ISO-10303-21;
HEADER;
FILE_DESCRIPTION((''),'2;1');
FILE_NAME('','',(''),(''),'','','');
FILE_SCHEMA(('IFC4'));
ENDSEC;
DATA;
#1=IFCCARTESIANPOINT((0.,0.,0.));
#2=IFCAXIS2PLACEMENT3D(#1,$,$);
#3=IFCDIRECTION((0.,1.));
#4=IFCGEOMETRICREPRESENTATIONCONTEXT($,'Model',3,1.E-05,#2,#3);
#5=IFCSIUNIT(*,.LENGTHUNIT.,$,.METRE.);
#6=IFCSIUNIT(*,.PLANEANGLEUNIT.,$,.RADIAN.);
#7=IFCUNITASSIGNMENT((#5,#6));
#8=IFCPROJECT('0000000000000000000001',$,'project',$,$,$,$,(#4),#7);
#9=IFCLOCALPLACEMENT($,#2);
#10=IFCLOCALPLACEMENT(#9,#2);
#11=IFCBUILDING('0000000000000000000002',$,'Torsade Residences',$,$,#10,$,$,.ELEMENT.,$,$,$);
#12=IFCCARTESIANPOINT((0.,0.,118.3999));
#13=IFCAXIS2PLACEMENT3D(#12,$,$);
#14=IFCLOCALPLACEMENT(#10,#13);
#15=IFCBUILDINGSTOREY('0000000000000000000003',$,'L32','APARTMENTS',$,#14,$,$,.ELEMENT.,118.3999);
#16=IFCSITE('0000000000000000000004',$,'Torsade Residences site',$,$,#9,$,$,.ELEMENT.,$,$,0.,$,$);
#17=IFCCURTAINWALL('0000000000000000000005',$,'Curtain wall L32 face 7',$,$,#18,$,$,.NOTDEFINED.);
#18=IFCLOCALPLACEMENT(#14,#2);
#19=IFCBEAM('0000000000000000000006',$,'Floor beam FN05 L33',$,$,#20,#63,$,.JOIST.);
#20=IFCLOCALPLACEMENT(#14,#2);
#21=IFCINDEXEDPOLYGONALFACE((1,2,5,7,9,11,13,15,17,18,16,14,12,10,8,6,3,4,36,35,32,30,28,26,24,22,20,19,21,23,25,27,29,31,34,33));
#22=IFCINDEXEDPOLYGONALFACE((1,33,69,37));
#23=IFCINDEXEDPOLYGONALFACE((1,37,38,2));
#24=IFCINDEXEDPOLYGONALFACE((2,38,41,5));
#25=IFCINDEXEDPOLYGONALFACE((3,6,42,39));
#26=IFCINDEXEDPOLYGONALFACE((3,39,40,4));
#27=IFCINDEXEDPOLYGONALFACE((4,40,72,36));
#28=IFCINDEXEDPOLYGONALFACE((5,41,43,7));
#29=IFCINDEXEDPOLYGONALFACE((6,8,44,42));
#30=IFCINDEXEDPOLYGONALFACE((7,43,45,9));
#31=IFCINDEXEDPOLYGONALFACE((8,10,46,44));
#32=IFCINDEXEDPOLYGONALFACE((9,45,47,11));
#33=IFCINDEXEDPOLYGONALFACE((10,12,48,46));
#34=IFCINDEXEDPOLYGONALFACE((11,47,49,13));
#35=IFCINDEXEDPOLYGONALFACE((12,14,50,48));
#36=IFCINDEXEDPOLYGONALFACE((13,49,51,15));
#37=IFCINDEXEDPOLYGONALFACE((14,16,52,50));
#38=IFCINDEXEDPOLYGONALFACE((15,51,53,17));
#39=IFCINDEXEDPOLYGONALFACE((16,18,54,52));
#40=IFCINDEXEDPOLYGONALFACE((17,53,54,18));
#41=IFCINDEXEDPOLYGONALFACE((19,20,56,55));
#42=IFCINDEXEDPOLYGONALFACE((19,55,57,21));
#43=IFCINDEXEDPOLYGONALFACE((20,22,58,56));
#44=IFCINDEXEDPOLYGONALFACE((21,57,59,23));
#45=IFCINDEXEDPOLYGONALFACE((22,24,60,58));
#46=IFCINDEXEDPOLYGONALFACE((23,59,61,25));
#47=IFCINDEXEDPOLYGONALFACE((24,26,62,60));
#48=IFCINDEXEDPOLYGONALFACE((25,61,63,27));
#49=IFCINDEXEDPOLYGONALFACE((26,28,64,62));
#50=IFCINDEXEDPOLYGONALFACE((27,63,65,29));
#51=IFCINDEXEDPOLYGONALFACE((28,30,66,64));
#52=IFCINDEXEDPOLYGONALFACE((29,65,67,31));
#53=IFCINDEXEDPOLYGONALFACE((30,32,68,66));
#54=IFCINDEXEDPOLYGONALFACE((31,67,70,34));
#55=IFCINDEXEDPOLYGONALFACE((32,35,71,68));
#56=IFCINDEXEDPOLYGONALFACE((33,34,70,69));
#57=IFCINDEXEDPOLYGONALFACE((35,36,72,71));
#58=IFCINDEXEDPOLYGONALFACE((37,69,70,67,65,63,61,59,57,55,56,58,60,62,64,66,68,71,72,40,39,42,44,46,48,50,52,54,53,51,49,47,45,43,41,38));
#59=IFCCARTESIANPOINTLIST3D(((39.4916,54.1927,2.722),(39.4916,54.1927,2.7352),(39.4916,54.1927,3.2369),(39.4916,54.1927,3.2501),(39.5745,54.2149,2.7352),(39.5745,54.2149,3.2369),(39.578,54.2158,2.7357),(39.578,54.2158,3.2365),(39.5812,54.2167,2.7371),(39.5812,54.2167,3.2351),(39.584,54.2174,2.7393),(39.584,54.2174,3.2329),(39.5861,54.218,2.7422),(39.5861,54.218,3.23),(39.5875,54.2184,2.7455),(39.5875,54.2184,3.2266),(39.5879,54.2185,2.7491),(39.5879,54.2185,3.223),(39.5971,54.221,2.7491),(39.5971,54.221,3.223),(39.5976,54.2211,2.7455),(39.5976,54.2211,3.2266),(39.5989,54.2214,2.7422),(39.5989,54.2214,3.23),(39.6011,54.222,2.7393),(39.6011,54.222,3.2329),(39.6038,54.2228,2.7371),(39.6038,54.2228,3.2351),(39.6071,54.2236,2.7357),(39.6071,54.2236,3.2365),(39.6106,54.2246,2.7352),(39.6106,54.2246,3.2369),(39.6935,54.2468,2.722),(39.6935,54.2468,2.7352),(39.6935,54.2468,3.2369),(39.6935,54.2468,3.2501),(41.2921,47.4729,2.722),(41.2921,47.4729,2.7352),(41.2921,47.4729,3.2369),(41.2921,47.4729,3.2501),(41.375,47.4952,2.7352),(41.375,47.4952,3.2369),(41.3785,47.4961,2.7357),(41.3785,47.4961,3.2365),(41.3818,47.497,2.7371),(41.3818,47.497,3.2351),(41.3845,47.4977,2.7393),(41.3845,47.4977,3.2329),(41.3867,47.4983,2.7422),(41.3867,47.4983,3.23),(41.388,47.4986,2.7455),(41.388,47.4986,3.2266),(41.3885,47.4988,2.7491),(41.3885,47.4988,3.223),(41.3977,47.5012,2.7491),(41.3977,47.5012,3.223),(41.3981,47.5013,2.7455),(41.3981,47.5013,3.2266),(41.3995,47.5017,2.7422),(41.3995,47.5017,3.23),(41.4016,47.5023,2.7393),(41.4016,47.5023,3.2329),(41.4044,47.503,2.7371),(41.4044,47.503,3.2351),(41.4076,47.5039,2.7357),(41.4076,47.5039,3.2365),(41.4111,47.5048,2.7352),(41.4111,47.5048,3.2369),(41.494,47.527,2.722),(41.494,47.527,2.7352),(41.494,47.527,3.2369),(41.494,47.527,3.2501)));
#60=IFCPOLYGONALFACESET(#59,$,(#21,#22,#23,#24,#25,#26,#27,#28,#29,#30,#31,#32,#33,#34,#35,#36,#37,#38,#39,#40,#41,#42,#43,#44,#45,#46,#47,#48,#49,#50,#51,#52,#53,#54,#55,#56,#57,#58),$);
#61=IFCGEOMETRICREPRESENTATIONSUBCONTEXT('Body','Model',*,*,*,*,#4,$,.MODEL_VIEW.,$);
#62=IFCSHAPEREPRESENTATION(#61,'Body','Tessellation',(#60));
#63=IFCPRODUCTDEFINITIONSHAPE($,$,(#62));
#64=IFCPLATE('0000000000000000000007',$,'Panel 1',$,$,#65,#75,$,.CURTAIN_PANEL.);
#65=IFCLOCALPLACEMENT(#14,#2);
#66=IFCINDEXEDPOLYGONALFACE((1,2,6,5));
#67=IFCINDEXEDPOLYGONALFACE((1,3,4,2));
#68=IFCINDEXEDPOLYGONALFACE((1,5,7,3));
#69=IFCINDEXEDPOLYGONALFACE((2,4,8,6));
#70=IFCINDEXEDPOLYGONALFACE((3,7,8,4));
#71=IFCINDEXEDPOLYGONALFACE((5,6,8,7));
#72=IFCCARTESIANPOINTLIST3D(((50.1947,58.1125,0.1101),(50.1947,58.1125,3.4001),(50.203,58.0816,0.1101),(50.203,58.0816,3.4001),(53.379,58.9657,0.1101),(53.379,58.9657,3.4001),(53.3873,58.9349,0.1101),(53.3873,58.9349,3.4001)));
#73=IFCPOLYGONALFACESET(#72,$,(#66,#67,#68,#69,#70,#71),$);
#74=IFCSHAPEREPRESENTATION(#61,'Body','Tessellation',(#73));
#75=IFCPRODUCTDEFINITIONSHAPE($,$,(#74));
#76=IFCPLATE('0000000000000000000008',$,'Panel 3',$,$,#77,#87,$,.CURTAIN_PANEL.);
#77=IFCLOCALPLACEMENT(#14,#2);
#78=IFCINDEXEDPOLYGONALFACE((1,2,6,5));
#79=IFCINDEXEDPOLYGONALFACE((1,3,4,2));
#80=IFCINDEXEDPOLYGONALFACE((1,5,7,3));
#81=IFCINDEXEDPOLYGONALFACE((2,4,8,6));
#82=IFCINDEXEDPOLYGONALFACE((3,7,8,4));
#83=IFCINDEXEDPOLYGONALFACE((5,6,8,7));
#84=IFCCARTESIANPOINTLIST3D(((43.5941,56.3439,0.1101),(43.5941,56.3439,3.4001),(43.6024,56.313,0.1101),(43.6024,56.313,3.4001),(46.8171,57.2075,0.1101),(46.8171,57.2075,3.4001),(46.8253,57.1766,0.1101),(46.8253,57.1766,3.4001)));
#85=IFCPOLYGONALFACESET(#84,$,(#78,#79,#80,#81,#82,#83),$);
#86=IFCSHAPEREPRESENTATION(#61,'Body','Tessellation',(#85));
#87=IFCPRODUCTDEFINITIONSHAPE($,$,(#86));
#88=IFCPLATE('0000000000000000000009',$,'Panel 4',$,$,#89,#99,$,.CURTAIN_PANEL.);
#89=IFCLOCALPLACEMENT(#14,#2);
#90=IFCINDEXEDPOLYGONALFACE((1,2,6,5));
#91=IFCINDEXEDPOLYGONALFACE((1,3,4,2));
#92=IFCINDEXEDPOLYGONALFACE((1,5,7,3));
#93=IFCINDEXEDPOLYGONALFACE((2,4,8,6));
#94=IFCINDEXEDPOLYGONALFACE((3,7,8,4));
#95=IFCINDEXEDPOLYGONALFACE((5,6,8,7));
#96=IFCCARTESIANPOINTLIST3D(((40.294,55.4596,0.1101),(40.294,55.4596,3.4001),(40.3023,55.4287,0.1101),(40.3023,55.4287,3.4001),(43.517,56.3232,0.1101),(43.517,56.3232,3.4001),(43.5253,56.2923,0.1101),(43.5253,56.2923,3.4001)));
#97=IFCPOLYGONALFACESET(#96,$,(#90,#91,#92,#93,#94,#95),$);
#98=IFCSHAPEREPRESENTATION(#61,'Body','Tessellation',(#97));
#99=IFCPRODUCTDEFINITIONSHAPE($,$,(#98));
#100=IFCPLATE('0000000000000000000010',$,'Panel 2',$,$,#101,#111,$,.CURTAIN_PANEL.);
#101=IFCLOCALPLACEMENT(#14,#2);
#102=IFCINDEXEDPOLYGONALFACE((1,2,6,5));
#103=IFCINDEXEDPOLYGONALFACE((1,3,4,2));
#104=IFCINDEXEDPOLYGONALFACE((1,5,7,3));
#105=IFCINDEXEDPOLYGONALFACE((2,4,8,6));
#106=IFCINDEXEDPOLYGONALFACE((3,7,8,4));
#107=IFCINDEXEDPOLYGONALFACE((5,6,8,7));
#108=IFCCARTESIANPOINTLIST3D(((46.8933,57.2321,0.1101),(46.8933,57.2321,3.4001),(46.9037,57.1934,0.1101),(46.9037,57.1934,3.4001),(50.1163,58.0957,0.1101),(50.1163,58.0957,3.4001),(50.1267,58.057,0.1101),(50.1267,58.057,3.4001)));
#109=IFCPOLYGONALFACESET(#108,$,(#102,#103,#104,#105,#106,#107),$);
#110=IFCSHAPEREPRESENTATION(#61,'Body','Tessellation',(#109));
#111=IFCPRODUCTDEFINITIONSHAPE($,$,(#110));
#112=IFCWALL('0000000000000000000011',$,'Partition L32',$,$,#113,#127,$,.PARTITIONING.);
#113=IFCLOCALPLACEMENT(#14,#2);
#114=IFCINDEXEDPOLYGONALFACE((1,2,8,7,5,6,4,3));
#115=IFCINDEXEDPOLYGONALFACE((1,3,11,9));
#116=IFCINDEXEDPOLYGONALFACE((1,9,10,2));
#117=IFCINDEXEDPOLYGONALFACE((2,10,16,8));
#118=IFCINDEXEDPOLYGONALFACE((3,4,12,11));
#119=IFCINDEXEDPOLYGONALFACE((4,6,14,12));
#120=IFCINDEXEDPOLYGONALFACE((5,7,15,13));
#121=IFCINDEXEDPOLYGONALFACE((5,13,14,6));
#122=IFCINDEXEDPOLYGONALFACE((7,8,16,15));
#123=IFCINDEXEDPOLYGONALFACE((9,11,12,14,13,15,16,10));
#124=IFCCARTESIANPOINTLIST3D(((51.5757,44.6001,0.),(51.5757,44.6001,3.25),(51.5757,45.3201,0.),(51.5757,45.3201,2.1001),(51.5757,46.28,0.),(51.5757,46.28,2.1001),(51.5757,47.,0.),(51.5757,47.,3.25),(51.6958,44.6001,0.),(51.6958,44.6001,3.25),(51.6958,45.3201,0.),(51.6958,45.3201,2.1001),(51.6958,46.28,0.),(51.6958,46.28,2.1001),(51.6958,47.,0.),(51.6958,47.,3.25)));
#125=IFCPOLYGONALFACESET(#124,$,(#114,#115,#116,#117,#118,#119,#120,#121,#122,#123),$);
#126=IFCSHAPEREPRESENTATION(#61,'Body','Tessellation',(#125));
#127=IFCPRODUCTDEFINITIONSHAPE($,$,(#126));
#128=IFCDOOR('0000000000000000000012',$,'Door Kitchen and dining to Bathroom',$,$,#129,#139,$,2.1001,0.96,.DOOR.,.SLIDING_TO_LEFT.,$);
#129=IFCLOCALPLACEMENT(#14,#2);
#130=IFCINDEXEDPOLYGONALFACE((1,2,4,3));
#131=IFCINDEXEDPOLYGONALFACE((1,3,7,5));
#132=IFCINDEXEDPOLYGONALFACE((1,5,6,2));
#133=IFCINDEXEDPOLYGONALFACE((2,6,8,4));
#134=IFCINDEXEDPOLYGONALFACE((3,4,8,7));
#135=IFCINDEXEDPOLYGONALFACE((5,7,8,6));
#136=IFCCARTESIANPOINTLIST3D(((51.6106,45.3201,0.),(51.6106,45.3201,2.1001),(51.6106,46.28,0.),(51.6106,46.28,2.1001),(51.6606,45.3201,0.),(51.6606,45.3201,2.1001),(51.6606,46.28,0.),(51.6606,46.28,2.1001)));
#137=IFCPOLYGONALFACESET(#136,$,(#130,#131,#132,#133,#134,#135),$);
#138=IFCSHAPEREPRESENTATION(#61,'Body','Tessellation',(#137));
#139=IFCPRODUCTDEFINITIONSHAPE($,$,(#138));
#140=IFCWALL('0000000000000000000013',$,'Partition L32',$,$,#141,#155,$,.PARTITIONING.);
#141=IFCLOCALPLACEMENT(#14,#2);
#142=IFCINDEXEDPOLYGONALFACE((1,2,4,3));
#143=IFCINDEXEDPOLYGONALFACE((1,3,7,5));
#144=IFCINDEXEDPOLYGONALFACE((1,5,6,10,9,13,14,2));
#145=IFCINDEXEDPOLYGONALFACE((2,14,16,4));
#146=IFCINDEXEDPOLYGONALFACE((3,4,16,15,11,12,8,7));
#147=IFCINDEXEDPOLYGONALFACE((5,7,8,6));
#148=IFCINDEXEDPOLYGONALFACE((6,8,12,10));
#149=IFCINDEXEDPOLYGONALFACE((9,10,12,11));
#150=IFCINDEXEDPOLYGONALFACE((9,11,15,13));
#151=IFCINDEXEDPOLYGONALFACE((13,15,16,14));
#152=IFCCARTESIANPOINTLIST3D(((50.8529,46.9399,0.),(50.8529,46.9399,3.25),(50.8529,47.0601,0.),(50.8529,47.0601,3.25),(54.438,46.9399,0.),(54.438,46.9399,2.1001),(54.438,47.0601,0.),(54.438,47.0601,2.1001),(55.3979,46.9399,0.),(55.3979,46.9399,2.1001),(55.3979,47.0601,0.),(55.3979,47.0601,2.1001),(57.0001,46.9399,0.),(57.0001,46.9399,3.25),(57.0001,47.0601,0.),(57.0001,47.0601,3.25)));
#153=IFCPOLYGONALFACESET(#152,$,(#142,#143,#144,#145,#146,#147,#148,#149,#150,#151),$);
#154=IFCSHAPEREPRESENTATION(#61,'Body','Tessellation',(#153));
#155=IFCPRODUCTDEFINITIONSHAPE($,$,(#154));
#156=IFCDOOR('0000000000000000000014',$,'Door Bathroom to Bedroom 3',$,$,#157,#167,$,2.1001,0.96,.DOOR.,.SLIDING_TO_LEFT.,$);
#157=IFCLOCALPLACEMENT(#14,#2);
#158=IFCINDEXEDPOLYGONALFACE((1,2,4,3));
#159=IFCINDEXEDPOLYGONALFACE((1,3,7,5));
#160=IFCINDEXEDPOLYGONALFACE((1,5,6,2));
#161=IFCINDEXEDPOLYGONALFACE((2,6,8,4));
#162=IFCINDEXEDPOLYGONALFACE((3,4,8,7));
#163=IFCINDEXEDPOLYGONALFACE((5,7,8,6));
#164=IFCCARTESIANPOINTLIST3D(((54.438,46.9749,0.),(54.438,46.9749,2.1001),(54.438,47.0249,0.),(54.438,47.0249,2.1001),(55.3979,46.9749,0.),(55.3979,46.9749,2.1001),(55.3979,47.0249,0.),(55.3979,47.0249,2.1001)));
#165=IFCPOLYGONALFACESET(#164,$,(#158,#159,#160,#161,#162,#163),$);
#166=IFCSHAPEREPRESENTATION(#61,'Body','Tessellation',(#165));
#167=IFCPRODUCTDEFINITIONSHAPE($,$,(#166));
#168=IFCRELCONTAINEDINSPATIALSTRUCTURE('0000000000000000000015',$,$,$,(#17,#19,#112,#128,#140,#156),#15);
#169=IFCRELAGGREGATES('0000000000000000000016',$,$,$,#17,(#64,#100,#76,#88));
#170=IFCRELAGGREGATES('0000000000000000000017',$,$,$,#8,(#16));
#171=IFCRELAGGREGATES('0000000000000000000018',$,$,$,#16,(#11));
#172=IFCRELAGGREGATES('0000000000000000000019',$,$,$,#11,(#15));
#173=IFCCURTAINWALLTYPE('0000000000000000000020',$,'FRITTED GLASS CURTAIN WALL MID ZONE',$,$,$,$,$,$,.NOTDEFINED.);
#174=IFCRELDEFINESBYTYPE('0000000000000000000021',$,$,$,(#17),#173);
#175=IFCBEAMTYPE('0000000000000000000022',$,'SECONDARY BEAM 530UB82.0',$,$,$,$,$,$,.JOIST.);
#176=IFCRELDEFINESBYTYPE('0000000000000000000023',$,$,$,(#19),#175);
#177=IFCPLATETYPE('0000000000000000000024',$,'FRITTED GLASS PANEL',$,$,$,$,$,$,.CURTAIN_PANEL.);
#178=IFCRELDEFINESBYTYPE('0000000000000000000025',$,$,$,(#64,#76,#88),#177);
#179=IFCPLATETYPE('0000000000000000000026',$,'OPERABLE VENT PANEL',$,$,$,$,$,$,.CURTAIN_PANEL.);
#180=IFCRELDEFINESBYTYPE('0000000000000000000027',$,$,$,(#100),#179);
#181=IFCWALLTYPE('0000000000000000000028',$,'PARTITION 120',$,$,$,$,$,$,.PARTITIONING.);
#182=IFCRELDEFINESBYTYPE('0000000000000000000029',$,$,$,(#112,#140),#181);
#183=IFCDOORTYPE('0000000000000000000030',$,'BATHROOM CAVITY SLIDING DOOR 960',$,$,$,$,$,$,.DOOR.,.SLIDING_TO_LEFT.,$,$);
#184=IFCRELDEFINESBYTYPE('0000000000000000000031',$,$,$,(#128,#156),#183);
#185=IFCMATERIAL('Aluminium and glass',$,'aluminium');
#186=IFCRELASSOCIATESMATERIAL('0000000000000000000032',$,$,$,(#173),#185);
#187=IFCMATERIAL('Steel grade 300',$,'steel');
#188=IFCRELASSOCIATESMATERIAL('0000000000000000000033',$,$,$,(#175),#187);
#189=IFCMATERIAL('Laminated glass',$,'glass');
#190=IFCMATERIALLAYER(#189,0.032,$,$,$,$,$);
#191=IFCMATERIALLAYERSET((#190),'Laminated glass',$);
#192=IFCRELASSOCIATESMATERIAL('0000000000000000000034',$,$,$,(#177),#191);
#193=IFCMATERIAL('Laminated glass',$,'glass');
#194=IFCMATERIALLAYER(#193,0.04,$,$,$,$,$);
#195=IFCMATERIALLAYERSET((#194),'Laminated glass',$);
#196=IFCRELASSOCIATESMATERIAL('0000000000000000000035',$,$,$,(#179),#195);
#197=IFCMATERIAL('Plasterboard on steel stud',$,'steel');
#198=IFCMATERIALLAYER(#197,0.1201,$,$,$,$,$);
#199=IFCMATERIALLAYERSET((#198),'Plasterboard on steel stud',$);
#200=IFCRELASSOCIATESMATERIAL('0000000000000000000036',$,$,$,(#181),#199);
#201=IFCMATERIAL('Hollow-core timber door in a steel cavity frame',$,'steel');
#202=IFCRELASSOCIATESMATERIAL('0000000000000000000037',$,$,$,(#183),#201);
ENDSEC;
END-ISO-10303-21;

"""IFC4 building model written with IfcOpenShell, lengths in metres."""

from ifc_helpers import new_model, si_unit, direction, frame, frame_2d, origin, origin_2d, place, context, subcontext, project, spatial, rectangle, i_section, extrude, material, layer, layer_set, material_profile, profile_set, type_object, element, fill, aggregate, save


model = new_model("IFC4")

# Units and contexts
model_context = context("Model", 3, precision=1e-05, world=origin(), true_north=direction((0.0, 1.0)))
body_context = subcontext(model_context, "Body", "Model", "MODEL_VIEW")
ifc_project = project(units=[si_unit("LENGTHUNIT", "METRE"), si_unit("PLANEANGLEUNIT", "RADIAN")], contexts=[model_context])

# Site, building, storey
site_placement = place(None, origin())
site = spatial("IfcSite", under=ifc_project, at=site_placement, Name="Torsade Residences site", CompositionType="ELEMENT", RefElevation=0.0)
building_placement = place(site_placement, origin())
building = spatial("IfcBuilding", under=site, at=building_placement, Name="Torsade Residences", CompositionType="ELEMENT")
storey_placement = place(building_placement, frame((0.0, 0.0, 118.3999)))
storey = spatial("IfcBuildingStorey", under=building, at=storey_placement, Name="L32", Description="APARTMENTS", CompositionType="ELEMENT", Elevation=118.3999)

# Curtain wall
ifc_material_1 = material(Name="Aluminium and glass", Category="aluminium")
curtain_wall_type = type_object("IfcCurtainWallType", Name="FRITTED GLASS CURTAIN WALL MID ZONE", PredefinedType="NOTDEFINED", material=ifc_material_1)
curtain_wall_placement = place(storey_placement, origin())
curtain_wall = element("IfcCurtainWall", 1, at=curtain_wall_placement, inside=storey, type_object=curtain_wall_type, Name="Curtain wall L32 face 7", PredefinedType="NOTDEFINED")

# Beam
ifc_material_2 = material(Name="Steel grade 300", Category="steel")
ifc_material_profile_1 = material_profile(ifc_material_2, i_section(OverallWidth=0.209, OverallDepth=0.5281, WebThickness=0.0095, FlangeThickness=0.0132, FilletRadius=0.0139, at=origin_2d()), Name="530UB82.0")
ifc_profile_set_1 = profile_set([ifc_material_profile_1], Name="Steel grade 300")
beam_type_1 = type_object("IfcBeamType", Name="SECONDARY BEAM 530UB82.0", PredefinedType="JOIST", material=ifc_profile_set_1)
beam_1_placement = place(storey_placement, frame((39.5925, 54.2197, 2.9861), z_axis=(0.258818, -0.965926, 0.0), x_axis=(0.965926, 0.258818, 0.0)))
element("IfcBeam", 2, at=beam_1_placement, inside=storey, type_object=beam_type_1, Name="Floor beam FN05 L33", PredefinedType="JOIST", context=body_context, shape_type="SweptSolid", body=[
    extrude(i_section(OverallWidth=0.209, OverallDepth=0.5281, WebThickness=0.0095, FlangeThickness=0.0132, FilletRadius=0.0139, at=origin_2d()), origin(), (0.0, 0.0, 1.0), 6.9568),
])

# Plates
ifc_material_3 = material(Name="Laminated glass", Category="glass")
ifc_layer_1 = layer(ifc_material_3, 0.032)
ifc_layer_set_1 = layer_set([ifc_layer_1], Name="Laminated glass")
plate_type_1 = type_object("IfcPlateType", Name="FRITTED GLASS PANEL", PredefinedType="CURTAIN_PANEL", material=ifc_layer_set_1)
plate_1_placement = place(storey_placement, frame((51.791, 58.5237, 0.1101), z_axis=(0.0, 0.0, 1.0), x_axis=(-0.965926, -0.258819, 0.0)))
plate_1 = element("IfcPlate", 3, at=plate_1_placement, type_object=plate_type_1, Name="Panel 1", PredefinedType="CURTAIN_PANEL", context=body_context, shape_type="SweptSolid", body=[
    extrude(rectangle(XDim=3.2966, YDim=0.032, at=origin_2d()), origin(), (0.0, 0.0, 1.0), 3.29),
])
plate_2_placement = place(storey_placement, frame((45.2097, 56.7603, 0.1101), z_axis=(0.0, 0.0, 1.0), x_axis=(-0.965926, -0.258819, 0.0)))
plate_2 = element("IfcPlate", 4, at=plate_2_placement, type_object=plate_type_1, Name="Panel 3", PredefinedType="CURTAIN_PANEL", context=body_context, shape_type="SweptSolid", body=[
    extrude(rectangle(XDim=3.3367, YDim=0.032, at=origin_2d()), origin(), (0.0, 0.0, 1.0), 3.29),
])
plate_3_placement = place(storey_placement, frame((41.9097, 55.876, 0.1101), z_axis=(0.0, 0.0, 1.0), x_axis=(-0.965926, -0.258819, 0.0)))
plate_3 = element("IfcPlate", 5, at=plate_3_placement, type_object=plate_type_1, Name="Panel 4", PredefinedType="CURTAIN_PANEL", context=body_context, shape_type="SweptSolid", body=[
    extrude(rectangle(XDim=3.3367, YDim=0.032, at=origin_2d()), origin(), (0.0, 0.0, 1.0), 3.29),
])
ifc_material_4 = material(Name="Laminated glass", Category="glass")
ifc_layer_2 = layer(ifc_material_4, 0.04)
ifc_layer_set_2 = layer_set([ifc_layer_2], Name="Laminated glass")
plate_type_2 = type_object("IfcPlateType", Name="OPERABLE VENT PANEL", PredefinedType="CURTAIN_PANEL", material=ifc_layer_set_2)
plate_4_placement = place(storey_placement, frame((48.51, 57.6445, 0.1101), z_axis=(0.0, 0.0, 1.0), x_axis=(-0.965926, -0.258819, 0.0)))
plate_4 = element("IfcPlate", 6, at=plate_4_placement, type_object=plate_type_2, Name="Panel 2", PredefinedType="CURTAIN_PANEL", context=body_context, shape_type="SweptSolid", body=[
    extrude(rectangle(XDim=3.3367, YDim=0.04, at=origin_2d()), origin(), (0.0, 0.0, 1.0), 3.29),
])
aggregate(curtain_wall, [plate_1, plate_4, plate_2, plate_3])

# Walls, openings, doors
ifc_material_5 = material(Name="Plasterboard on steel stud", Category="steel")
ifc_layer_3 = layer(ifc_material_5, 0.1201)
ifc_layer_set_3 = layer_set([ifc_layer_3], Name="Plasterboard on steel stud")
wall_type_1 = type_object("IfcWallType", Name="PARTITION 120", PredefinedType="PARTITIONING", material=ifc_layer_set_3)
wall_1_placement = place(storey_placement, frame((51.6357, 47.0, 0.0), z_axis=(0.0, 0.0, 1.0), x_axis=(0.0, -1.0, 0.0)))
wall_1 = element("IfcWall", 7, at=wall_1_placement, inside=storey, type_object=wall_type_1, Name="Partition L32", PredefinedType="PARTITIONING", context=body_context, shape_type="SweptSolid", body=[
    extrude(rectangle(XDim=2.3999, YDim=0.1201, at=frame_2d((1.2, 0.0))), origin(), (0.0, 0.0, 1.0), 3.25),
])
opening_1_placement = place(wall_1_placement, frame((0.72, 0.0, 0.0)))
opening_1 = element("IfcOpeningElement", 8, at=opening_1_placement, cuts=wall_1, PredefinedType="OPENING", context=body_context, shape_type="SweptSolid", body=[
    extrude(rectangle(XDim=0.96, YDim=2.1001, at=frame_2d((0.48, 1.05))), frame((0.0, 0.0701, 0.0), z_axis=(0.0, -1.0, 0.0), x_axis=(1.0, 0.0, 0.0)), (0.0, 0.0, 1.0), 0.1401),
])
ifc_material_6 = material(Name="Hollow-core timber door in a steel cavity frame", Category="steel")
door_type_1 = type_object("IfcDoorType", Name="BATHROOM CAVITY SLIDING DOOR 960", OperationType="SLIDING_TO_LEFT", PredefinedType="DOOR", material=ifc_material_6)
door_1_placement = place(opening_1_placement, origin())
door_1 = element("IfcDoor", 9, at=door_1_placement, inside=storey, type_object=door_type_1, Name="Door Kitchen and dining to Bathroom", OperationType="SLIDING_TO_LEFT", OverallHeight=2.1001, OverallWidth=0.96, PredefinedType="DOOR", context=body_context, shape_type="SweptSolid", body=[
    extrude(rectangle(XDim=0.96, YDim=2.1001, at=frame_2d((0.48, 1.05))), frame((0.0, 0.0249, 0.0), z_axis=(0.0, -1.0, 0.0), x_axis=(1.0, 0.0, 0.0)), (0.0, 0.0, 1.0), 0.05),
])
fill(opening_1, door_1)
wall_2_placement = place(storey_placement, frame((50.8528, 47.0, 0.0), z_axis=(0.0, 0.0, 1.0), x_axis=(1.0, 0.0, 0.0)))
wall_2 = element("IfcWall", 10, at=wall_2_placement, inside=storey, type_object=wall_type_1, Name="Partition L32", PredefinedType="PARTITIONING", context=body_context, shape_type="SweptSolid", body=[
    extrude(rectangle(XDim=6.1472, YDim=0.1201, at=frame_2d((3.0737, 0.0))), origin(), (0.0, 0.0, 1.0), 3.25),
])
opening_2_placement = place(wall_2_placement, frame((3.5852, 0.0, 0.0)))
opening_2 = element("IfcOpeningElement", 11, at=opening_2_placement, cuts=wall_2, PredefinedType="OPENING", context=body_context, shape_type="SweptSolid", body=[
    extrude(rectangle(XDim=0.96, YDim=2.1001, at=frame_2d((0.48, 1.05))), frame((0.0, 0.0701, 0.0), z_axis=(0.0, -1.0, 0.0), x_axis=(1.0, 0.0, 0.0)), (0.0, 0.0, 1.0), 0.1401),
])
door_2_placement = place(opening_2_placement, origin())
door_2 = element("IfcDoor", 12, at=door_2_placement, inside=storey, type_object=door_type_1, Name="Door Bathroom to Bedroom 3", OperationType="SLIDING_TO_LEFT", OverallHeight=2.1001, OverallWidth=0.96, PredefinedType="DOOR", context=body_context, shape_type="SweptSolid", body=[
    extrude(rectangle(XDim=0.96, YDim=2.1001, at=frame_2d((0.48, 1.05))), frame((0.0, 0.0249, 0.0), z_axis=(0.0, -1.0, 0.0), x_axis=(1.0, 0.0, 0.0)), (0.0, 0.0, 1.0), 0.05),
])
fill(opening_2, door_2)

save(model, "model.ifc")
